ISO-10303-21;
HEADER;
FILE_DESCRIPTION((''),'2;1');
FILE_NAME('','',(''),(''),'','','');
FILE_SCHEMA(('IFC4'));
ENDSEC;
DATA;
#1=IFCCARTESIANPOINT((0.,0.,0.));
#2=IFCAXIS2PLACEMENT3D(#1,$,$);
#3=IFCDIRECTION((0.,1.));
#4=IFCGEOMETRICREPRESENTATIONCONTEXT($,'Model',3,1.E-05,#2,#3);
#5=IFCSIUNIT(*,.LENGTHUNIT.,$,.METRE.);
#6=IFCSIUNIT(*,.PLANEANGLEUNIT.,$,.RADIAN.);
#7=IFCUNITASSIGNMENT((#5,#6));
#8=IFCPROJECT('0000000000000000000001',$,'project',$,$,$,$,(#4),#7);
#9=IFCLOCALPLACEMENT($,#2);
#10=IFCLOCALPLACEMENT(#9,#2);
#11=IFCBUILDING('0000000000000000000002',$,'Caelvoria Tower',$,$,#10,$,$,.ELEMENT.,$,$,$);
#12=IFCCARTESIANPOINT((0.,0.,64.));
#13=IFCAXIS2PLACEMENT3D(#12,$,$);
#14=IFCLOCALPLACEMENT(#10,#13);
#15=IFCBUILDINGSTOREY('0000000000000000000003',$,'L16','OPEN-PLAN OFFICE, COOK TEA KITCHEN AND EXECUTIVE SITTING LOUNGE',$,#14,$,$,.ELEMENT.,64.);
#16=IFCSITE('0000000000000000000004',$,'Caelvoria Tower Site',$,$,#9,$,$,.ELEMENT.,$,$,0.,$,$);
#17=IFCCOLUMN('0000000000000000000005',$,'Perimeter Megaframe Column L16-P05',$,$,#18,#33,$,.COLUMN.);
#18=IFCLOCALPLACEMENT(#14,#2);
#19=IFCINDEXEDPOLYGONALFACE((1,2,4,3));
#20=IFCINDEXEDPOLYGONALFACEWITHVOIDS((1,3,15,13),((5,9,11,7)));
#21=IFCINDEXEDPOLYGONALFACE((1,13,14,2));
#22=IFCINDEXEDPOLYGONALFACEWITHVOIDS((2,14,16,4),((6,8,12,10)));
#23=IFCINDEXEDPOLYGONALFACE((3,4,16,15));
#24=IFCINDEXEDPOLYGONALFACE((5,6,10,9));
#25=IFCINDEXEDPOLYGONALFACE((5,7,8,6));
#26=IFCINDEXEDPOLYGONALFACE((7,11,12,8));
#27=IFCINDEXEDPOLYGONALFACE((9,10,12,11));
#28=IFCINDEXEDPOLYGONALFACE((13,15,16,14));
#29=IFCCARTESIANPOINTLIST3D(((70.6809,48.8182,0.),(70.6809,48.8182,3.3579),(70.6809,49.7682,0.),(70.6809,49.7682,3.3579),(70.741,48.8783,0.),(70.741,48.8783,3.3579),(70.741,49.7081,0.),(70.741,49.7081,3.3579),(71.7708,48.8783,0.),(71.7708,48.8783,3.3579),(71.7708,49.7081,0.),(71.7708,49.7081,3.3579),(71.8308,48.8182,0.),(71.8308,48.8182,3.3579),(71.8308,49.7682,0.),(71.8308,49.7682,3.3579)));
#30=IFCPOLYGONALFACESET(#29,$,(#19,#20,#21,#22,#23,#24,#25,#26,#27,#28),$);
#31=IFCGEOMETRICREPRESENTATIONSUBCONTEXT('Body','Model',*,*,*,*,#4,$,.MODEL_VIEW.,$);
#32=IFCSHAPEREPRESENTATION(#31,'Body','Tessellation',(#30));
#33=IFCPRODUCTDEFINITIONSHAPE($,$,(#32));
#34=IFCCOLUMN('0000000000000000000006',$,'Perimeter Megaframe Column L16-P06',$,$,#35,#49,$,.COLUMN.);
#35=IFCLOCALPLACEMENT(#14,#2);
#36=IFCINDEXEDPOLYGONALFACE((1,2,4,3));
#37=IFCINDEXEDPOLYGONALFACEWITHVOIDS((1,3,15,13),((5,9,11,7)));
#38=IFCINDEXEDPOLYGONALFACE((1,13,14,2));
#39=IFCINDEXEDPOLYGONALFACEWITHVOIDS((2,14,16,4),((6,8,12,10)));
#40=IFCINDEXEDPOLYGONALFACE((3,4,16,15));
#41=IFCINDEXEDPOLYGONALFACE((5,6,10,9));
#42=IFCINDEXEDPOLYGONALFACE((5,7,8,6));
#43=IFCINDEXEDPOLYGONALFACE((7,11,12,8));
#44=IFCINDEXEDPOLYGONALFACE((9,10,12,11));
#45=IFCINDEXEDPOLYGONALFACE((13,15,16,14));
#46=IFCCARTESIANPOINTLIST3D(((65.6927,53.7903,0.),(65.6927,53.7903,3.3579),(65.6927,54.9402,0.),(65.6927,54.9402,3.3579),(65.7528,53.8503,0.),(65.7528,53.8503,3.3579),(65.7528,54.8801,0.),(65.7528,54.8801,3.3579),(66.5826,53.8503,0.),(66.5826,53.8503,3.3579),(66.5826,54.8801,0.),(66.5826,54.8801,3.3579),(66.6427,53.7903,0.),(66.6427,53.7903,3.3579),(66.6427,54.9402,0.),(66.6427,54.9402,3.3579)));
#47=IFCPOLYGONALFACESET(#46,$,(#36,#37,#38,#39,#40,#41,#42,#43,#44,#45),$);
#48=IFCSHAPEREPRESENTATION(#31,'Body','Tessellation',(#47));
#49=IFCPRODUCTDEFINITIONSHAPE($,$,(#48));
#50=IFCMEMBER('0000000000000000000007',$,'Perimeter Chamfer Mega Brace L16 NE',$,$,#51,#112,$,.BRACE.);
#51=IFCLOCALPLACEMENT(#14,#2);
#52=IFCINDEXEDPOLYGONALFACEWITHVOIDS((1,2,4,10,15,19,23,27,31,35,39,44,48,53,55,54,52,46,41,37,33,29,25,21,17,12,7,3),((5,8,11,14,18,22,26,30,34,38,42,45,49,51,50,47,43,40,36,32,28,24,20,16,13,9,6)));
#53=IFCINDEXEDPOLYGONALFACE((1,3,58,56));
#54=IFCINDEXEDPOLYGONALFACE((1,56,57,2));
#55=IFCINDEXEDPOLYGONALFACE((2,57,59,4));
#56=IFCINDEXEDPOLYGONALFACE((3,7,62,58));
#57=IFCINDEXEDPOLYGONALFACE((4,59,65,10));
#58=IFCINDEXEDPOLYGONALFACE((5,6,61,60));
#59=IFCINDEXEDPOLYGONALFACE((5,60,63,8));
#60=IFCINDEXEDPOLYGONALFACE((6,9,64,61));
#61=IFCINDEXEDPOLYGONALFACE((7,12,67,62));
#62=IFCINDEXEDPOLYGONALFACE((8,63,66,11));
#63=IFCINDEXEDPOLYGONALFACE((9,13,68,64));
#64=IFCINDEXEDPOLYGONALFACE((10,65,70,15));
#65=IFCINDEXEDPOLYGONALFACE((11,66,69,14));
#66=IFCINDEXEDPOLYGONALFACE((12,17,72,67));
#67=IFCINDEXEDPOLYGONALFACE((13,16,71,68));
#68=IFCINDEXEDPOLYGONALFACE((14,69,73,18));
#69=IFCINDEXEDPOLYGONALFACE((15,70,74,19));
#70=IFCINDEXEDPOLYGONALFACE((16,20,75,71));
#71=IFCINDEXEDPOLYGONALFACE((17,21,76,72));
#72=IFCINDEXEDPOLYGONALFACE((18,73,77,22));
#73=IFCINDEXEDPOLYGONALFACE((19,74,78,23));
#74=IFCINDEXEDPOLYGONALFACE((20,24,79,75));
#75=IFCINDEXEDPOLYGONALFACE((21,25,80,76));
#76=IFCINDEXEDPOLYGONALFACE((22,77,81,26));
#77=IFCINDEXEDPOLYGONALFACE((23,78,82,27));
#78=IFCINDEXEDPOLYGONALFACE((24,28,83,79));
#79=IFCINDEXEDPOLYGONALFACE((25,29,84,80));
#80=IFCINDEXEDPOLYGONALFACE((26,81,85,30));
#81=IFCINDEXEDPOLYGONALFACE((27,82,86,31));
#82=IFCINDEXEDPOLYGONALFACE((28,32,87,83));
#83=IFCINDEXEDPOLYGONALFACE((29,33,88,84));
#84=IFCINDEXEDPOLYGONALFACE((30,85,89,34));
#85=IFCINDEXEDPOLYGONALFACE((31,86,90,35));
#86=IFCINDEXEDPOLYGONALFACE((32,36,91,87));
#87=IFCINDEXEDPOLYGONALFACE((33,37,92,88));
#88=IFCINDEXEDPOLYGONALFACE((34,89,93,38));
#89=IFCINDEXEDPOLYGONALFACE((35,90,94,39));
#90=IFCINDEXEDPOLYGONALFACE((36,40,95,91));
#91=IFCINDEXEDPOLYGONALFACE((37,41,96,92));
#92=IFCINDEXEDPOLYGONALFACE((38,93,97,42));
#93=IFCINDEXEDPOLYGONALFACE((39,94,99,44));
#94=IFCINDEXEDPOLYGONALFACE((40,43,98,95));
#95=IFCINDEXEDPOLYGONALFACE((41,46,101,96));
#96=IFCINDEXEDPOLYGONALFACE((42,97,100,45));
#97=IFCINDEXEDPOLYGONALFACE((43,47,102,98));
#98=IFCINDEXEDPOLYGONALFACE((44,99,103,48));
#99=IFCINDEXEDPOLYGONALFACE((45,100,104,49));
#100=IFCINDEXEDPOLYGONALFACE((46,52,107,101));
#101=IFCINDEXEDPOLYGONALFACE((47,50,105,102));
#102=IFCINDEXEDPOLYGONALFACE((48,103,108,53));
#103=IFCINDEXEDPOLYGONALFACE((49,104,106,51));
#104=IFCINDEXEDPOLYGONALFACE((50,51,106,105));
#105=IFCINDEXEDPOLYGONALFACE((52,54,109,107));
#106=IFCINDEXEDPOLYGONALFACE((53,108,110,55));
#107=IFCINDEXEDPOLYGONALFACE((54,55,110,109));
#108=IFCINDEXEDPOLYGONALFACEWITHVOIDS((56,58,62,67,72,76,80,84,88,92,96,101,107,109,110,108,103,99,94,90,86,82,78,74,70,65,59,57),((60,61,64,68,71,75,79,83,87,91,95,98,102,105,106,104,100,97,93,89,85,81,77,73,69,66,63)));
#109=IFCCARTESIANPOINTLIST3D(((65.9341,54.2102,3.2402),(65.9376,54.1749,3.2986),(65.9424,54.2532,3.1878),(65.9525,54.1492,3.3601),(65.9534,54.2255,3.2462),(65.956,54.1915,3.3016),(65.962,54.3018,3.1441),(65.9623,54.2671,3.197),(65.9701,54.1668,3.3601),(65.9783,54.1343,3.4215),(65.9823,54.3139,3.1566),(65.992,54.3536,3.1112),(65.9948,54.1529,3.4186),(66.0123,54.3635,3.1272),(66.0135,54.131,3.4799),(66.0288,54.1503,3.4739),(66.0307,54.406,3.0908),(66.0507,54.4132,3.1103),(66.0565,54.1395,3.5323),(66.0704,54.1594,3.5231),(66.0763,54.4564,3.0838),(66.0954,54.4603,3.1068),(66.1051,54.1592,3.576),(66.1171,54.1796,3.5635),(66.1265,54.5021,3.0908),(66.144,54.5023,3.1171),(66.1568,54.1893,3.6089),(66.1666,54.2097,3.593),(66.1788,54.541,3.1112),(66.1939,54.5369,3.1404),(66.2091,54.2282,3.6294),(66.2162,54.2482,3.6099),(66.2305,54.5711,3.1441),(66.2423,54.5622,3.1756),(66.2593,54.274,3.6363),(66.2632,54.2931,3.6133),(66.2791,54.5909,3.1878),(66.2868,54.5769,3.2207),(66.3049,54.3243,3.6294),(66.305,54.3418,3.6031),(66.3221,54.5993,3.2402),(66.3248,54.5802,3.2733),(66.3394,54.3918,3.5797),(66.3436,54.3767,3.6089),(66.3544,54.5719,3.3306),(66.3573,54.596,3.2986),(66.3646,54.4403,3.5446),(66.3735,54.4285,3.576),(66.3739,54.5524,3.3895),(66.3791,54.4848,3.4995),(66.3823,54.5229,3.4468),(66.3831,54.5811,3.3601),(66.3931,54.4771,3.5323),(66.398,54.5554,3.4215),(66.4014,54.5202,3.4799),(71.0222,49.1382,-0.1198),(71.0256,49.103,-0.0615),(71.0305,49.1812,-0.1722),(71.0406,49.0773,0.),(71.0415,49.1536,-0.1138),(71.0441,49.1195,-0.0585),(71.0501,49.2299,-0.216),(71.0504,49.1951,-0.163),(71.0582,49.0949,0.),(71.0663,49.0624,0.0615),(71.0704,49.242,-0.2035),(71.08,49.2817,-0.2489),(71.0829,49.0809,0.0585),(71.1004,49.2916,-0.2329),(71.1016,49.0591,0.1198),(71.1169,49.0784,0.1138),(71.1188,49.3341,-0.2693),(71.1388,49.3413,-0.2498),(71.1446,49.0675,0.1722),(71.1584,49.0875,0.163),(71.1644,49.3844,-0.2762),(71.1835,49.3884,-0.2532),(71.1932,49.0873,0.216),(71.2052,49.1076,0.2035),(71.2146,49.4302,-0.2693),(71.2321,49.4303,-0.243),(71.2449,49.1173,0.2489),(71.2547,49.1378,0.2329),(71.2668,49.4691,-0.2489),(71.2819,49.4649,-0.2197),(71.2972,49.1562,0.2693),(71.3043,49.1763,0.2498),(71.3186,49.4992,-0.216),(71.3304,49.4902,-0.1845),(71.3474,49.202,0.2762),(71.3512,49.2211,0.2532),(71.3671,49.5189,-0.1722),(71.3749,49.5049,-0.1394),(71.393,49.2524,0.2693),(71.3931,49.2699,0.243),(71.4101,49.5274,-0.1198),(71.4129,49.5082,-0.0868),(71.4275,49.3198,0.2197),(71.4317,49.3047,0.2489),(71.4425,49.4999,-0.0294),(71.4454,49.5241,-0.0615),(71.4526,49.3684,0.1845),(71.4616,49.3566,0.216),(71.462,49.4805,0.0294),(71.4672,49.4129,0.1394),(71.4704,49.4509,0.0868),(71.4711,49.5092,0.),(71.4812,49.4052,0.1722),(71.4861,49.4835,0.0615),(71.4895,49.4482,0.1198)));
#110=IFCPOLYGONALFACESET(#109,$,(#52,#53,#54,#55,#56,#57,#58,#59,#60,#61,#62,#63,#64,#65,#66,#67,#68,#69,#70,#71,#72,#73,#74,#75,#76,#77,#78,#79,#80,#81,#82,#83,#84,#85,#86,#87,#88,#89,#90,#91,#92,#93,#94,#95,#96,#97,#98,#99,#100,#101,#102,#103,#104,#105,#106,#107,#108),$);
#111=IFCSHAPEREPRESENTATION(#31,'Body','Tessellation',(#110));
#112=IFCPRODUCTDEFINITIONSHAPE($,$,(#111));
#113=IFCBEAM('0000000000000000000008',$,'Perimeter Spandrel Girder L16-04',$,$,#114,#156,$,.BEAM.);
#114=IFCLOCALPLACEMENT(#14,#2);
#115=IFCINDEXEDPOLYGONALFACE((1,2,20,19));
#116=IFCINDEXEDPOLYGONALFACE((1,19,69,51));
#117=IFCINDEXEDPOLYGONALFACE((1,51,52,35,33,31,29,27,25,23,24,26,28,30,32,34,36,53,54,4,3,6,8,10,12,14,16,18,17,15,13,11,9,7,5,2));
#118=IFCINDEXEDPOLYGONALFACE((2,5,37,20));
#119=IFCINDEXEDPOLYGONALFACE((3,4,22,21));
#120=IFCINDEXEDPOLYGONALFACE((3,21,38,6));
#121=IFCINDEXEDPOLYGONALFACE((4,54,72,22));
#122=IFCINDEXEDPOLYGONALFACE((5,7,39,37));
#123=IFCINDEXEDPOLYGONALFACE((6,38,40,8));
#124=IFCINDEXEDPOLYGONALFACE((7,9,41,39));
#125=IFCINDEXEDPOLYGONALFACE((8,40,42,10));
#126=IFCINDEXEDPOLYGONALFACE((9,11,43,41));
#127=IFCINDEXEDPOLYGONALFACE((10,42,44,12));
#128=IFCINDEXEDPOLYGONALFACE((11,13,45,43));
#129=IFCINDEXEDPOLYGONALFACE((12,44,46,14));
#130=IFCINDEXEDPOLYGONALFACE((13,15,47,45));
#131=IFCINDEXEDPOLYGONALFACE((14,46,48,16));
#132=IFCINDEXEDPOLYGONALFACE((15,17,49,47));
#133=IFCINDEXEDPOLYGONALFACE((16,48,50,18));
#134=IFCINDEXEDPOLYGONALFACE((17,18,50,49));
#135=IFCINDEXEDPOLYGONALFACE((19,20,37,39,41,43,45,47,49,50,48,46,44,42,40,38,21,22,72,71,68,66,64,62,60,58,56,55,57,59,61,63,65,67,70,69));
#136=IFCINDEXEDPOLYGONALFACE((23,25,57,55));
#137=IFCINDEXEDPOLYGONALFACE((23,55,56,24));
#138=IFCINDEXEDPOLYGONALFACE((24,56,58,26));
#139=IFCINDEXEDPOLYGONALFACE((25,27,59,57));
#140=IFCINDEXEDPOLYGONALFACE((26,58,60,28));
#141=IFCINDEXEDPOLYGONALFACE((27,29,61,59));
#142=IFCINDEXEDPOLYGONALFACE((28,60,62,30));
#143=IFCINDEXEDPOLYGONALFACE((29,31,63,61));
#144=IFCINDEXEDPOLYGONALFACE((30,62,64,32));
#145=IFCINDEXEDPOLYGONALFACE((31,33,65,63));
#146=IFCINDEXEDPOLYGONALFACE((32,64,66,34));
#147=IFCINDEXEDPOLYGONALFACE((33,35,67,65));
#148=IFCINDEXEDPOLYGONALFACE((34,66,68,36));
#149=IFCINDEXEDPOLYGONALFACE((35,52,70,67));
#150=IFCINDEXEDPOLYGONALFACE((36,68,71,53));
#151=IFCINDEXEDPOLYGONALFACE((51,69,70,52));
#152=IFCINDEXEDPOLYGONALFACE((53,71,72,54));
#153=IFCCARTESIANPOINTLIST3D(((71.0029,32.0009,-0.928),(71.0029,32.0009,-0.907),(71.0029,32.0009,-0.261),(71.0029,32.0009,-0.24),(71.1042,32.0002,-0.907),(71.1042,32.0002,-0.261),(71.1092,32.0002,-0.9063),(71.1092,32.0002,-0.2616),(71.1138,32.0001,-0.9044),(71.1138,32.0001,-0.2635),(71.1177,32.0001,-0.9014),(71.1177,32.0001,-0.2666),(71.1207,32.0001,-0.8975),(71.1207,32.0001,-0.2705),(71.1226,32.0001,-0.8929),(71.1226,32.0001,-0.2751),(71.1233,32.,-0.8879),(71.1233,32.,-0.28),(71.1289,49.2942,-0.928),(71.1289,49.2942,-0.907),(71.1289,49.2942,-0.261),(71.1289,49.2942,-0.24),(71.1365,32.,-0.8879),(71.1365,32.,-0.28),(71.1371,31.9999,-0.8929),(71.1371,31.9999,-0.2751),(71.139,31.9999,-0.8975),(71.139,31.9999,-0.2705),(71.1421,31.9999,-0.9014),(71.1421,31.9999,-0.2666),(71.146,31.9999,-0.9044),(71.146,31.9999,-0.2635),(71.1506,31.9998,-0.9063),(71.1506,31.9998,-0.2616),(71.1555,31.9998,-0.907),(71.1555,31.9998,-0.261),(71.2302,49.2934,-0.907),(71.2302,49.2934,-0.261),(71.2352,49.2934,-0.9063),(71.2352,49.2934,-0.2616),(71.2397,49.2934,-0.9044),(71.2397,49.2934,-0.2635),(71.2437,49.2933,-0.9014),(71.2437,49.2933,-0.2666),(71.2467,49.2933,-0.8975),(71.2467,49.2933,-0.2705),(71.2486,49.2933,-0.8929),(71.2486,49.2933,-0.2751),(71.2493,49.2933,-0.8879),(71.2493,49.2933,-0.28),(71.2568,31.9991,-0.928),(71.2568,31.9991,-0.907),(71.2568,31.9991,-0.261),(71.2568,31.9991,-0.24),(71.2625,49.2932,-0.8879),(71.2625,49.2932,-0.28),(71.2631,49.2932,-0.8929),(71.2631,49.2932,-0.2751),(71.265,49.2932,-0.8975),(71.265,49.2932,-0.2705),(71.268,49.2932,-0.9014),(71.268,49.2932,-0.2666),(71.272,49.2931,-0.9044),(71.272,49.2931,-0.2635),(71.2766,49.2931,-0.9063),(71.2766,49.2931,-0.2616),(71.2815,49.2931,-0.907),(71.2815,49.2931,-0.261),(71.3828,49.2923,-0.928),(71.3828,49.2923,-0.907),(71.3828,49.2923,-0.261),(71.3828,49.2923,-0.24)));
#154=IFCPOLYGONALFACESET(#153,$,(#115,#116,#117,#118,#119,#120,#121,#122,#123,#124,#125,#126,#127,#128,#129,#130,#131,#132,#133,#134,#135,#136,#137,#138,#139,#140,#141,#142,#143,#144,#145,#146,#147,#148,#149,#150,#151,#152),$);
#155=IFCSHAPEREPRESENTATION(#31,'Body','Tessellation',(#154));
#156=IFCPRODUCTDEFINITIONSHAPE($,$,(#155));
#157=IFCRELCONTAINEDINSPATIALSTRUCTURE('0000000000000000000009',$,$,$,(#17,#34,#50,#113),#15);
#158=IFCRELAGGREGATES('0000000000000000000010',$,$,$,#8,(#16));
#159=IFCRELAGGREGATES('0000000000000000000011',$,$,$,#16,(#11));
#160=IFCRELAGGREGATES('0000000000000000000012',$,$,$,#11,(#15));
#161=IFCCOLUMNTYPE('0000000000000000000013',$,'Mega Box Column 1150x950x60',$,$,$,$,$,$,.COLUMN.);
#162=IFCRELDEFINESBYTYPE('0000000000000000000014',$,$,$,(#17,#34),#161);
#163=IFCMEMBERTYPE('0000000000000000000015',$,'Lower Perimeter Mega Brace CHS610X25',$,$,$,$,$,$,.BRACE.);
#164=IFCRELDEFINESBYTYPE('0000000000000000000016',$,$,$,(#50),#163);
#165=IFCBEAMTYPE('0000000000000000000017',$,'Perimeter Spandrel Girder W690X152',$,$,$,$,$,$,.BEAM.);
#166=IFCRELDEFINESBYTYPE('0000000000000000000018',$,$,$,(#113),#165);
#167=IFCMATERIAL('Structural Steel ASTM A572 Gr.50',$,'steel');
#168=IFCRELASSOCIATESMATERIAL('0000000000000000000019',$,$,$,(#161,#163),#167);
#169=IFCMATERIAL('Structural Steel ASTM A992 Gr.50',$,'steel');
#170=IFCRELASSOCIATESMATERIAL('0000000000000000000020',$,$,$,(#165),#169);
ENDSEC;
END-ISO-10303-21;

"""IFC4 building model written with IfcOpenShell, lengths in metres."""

from ifc_helpers import new_model, si_unit, direction, frame, origin, origin_2d, place, context, subcontext, project, spatial, hollow_rectangle, hollow_circle, i_section, extrude, material, material_profile, profile_set, type_object, element, save


model = new_model("IFC4")

# Units and contexts
model_context = context("Model", 3, precision=1e-05, world=origin(), true_north=direction((0.0, 1.0)))
body_context = subcontext(model_context, "Body", "Model", "MODEL_VIEW")
ifc_project = project(units=[si_unit("LENGTHUNIT", "METRE"), si_unit("PLANEANGLEUNIT", "RADIAN")], contexts=[model_context])

# Site, building, storey
site_placement = place(None, origin())
site = spatial("IfcSite", under=ifc_project, at=site_placement, Name="Caelvoria Tower Site", CompositionType="ELEMENT", RefElevation=0.0)
building_placement = place(site_placement, origin())
building = spatial("IfcBuilding", under=site, at=building_placement, Name="Caelvoria Tower", CompositionType="ELEMENT")
storey_placement = place(building_placement, frame((0.0, 0.0, 64.0)))
storey = spatial("IfcBuildingStorey", under=building, at=storey_placement, Name="L16", Description="OPEN-PLAN OFFICE, COOK TEA KITCHEN AND EXECUTIVE SITTING LOUNGE", CompositionType="ELEMENT", Elevation=64.0)

# Columns
ifc_material_1 = material(Name="Structural Steel ASTM A572 Gr.50", Category="steel")
ifc_material_profile_1 = material_profile(ifc_material_1, hollow_rectangle(XDim=0.95, YDim=1.1499, WallThickness=0.0601, at=origin_2d()), Name="Structural Steel ASTM A572 Gr.50")
ifc_profile_set_1 = profile_set([ifc_material_profile_1], Name="BOX1150X950X60 - Structural Steel ASTM A572 Gr.50")
column_type = type_object("IfcColumnType", Name="Mega Box Column 1150x950x60", PredefinedType="COLUMN", material=ifc_profile_set_1)
for number, where, z_axis, x_axis, name in (
    (1, (71.2559, 49.2932, 0.0), (0.0, 0.0, 1.0), (0.0, 1.0, 0.0), "Perimeter Megaframe Column L16-P05"),
    (2, (66.1677, 54.3652, 0.0), (0.0, 0.0, 1.0), (1.0, 0.0, 0.0), "Perimeter Megaframe Column L16-P06"),
):
    element("IfcColumn", number, at=place(storey_placement, frame(where, z_axis=z_axis, x_axis=x_axis)), inside=storey, type_object=column_type, Name=name, PredefinedType="COLUMN", context=body_context, shape_type="SweptSolid", body=[
        extrude(hollow_rectangle(XDim=0.95, YDim=1.1499, WallThickness=0.0601, at=origin_2d()), origin(), (0.0, 0.0, 1.0), 3.3579),
    ])

# Member
ifc_material_profile_2 = material_profile(ifc_material_1, hollow_circle(Radius=0.3049, WallThickness=0.0249, at=origin_2d()), Name="Structural Steel ASTM A572 Gr.50")
ifc_profile_set_2 = profile_set([ifc_material_profile_2], Name="CHS610X25 - Structural Steel ASTM A572 Gr.50")
member_type = type_object("IfcMemberType", Name="Lower Perimeter Mega Brace CHS610X25", PredefinedType="BRACE", material=ifc_profile_set_2)
member_placement = place(storey_placement, frame((71.2559, 49.2932, 0.0), z_axis=(-0.641529, 0.639498, 0.423654), x_axis=(-0.705984, -0.708227, 0.0)))
element("IfcMember", 3, at=member_placement, inside=storey, type_object=member_type, Name="Perimeter Chamfer Mega Brace L16 NE", PredefinedType="BRACE", context=body_context, shape_type="SweptSolid", body=[
    extrude(hollow_circle(Radius=0.3049, WallThickness=0.0249, at=origin_2d()), origin(), (0.0, 0.0, 1.0), 7.9312),
])

# Beam
ifc_material_2 = material(Name="Structural Steel ASTM A992 Gr.50", Category="steel")
ifc_material_profile_3 = material_profile(ifc_material_2, i_section(OverallWidth=0.2539, OverallDepth=0.688, WebThickness=0.0132, FlangeThickness=0.021, FilletRadius=0.019, at=origin_2d()), Name="Structural Steel ASTM A992 Gr.50")
ifc_profile_set_3 = profile_set([ifc_material_profile_3], Name="W690X152 - Structural Steel ASTM A992 Gr.50")
beam_type_1 = type_object("IfcBeamType", Name="Perimeter Spandrel Girder W690X152", PredefinedType="BEAM", material=ifc_profile_set_3)
beam_1_placement = place(storey_placement, frame((71.1299, 32.0, -0.584), z_axis=(0.007285, 0.999973, 0.0), x_axis=(-0.999973, 0.007285, 0.0)))
element("IfcBeam", 4, at=beam_1_placement, inside=storey, type_object=beam_type_1, Name="Perimeter Spandrel Girder L16-04", PredefinedType="BEAM", context=body_context, shape_type="SweptSolid", body=[
    extrude(i_section(OverallWidth=0.2539, OverallDepth=0.688, WebThickness=0.0132, FlangeThickness=0.021, FilletRadius=0.019, at=origin_2d()), origin(), (0.0, 0.0, 1.0), 17.2937),
])

save(model, "model.ifc")
